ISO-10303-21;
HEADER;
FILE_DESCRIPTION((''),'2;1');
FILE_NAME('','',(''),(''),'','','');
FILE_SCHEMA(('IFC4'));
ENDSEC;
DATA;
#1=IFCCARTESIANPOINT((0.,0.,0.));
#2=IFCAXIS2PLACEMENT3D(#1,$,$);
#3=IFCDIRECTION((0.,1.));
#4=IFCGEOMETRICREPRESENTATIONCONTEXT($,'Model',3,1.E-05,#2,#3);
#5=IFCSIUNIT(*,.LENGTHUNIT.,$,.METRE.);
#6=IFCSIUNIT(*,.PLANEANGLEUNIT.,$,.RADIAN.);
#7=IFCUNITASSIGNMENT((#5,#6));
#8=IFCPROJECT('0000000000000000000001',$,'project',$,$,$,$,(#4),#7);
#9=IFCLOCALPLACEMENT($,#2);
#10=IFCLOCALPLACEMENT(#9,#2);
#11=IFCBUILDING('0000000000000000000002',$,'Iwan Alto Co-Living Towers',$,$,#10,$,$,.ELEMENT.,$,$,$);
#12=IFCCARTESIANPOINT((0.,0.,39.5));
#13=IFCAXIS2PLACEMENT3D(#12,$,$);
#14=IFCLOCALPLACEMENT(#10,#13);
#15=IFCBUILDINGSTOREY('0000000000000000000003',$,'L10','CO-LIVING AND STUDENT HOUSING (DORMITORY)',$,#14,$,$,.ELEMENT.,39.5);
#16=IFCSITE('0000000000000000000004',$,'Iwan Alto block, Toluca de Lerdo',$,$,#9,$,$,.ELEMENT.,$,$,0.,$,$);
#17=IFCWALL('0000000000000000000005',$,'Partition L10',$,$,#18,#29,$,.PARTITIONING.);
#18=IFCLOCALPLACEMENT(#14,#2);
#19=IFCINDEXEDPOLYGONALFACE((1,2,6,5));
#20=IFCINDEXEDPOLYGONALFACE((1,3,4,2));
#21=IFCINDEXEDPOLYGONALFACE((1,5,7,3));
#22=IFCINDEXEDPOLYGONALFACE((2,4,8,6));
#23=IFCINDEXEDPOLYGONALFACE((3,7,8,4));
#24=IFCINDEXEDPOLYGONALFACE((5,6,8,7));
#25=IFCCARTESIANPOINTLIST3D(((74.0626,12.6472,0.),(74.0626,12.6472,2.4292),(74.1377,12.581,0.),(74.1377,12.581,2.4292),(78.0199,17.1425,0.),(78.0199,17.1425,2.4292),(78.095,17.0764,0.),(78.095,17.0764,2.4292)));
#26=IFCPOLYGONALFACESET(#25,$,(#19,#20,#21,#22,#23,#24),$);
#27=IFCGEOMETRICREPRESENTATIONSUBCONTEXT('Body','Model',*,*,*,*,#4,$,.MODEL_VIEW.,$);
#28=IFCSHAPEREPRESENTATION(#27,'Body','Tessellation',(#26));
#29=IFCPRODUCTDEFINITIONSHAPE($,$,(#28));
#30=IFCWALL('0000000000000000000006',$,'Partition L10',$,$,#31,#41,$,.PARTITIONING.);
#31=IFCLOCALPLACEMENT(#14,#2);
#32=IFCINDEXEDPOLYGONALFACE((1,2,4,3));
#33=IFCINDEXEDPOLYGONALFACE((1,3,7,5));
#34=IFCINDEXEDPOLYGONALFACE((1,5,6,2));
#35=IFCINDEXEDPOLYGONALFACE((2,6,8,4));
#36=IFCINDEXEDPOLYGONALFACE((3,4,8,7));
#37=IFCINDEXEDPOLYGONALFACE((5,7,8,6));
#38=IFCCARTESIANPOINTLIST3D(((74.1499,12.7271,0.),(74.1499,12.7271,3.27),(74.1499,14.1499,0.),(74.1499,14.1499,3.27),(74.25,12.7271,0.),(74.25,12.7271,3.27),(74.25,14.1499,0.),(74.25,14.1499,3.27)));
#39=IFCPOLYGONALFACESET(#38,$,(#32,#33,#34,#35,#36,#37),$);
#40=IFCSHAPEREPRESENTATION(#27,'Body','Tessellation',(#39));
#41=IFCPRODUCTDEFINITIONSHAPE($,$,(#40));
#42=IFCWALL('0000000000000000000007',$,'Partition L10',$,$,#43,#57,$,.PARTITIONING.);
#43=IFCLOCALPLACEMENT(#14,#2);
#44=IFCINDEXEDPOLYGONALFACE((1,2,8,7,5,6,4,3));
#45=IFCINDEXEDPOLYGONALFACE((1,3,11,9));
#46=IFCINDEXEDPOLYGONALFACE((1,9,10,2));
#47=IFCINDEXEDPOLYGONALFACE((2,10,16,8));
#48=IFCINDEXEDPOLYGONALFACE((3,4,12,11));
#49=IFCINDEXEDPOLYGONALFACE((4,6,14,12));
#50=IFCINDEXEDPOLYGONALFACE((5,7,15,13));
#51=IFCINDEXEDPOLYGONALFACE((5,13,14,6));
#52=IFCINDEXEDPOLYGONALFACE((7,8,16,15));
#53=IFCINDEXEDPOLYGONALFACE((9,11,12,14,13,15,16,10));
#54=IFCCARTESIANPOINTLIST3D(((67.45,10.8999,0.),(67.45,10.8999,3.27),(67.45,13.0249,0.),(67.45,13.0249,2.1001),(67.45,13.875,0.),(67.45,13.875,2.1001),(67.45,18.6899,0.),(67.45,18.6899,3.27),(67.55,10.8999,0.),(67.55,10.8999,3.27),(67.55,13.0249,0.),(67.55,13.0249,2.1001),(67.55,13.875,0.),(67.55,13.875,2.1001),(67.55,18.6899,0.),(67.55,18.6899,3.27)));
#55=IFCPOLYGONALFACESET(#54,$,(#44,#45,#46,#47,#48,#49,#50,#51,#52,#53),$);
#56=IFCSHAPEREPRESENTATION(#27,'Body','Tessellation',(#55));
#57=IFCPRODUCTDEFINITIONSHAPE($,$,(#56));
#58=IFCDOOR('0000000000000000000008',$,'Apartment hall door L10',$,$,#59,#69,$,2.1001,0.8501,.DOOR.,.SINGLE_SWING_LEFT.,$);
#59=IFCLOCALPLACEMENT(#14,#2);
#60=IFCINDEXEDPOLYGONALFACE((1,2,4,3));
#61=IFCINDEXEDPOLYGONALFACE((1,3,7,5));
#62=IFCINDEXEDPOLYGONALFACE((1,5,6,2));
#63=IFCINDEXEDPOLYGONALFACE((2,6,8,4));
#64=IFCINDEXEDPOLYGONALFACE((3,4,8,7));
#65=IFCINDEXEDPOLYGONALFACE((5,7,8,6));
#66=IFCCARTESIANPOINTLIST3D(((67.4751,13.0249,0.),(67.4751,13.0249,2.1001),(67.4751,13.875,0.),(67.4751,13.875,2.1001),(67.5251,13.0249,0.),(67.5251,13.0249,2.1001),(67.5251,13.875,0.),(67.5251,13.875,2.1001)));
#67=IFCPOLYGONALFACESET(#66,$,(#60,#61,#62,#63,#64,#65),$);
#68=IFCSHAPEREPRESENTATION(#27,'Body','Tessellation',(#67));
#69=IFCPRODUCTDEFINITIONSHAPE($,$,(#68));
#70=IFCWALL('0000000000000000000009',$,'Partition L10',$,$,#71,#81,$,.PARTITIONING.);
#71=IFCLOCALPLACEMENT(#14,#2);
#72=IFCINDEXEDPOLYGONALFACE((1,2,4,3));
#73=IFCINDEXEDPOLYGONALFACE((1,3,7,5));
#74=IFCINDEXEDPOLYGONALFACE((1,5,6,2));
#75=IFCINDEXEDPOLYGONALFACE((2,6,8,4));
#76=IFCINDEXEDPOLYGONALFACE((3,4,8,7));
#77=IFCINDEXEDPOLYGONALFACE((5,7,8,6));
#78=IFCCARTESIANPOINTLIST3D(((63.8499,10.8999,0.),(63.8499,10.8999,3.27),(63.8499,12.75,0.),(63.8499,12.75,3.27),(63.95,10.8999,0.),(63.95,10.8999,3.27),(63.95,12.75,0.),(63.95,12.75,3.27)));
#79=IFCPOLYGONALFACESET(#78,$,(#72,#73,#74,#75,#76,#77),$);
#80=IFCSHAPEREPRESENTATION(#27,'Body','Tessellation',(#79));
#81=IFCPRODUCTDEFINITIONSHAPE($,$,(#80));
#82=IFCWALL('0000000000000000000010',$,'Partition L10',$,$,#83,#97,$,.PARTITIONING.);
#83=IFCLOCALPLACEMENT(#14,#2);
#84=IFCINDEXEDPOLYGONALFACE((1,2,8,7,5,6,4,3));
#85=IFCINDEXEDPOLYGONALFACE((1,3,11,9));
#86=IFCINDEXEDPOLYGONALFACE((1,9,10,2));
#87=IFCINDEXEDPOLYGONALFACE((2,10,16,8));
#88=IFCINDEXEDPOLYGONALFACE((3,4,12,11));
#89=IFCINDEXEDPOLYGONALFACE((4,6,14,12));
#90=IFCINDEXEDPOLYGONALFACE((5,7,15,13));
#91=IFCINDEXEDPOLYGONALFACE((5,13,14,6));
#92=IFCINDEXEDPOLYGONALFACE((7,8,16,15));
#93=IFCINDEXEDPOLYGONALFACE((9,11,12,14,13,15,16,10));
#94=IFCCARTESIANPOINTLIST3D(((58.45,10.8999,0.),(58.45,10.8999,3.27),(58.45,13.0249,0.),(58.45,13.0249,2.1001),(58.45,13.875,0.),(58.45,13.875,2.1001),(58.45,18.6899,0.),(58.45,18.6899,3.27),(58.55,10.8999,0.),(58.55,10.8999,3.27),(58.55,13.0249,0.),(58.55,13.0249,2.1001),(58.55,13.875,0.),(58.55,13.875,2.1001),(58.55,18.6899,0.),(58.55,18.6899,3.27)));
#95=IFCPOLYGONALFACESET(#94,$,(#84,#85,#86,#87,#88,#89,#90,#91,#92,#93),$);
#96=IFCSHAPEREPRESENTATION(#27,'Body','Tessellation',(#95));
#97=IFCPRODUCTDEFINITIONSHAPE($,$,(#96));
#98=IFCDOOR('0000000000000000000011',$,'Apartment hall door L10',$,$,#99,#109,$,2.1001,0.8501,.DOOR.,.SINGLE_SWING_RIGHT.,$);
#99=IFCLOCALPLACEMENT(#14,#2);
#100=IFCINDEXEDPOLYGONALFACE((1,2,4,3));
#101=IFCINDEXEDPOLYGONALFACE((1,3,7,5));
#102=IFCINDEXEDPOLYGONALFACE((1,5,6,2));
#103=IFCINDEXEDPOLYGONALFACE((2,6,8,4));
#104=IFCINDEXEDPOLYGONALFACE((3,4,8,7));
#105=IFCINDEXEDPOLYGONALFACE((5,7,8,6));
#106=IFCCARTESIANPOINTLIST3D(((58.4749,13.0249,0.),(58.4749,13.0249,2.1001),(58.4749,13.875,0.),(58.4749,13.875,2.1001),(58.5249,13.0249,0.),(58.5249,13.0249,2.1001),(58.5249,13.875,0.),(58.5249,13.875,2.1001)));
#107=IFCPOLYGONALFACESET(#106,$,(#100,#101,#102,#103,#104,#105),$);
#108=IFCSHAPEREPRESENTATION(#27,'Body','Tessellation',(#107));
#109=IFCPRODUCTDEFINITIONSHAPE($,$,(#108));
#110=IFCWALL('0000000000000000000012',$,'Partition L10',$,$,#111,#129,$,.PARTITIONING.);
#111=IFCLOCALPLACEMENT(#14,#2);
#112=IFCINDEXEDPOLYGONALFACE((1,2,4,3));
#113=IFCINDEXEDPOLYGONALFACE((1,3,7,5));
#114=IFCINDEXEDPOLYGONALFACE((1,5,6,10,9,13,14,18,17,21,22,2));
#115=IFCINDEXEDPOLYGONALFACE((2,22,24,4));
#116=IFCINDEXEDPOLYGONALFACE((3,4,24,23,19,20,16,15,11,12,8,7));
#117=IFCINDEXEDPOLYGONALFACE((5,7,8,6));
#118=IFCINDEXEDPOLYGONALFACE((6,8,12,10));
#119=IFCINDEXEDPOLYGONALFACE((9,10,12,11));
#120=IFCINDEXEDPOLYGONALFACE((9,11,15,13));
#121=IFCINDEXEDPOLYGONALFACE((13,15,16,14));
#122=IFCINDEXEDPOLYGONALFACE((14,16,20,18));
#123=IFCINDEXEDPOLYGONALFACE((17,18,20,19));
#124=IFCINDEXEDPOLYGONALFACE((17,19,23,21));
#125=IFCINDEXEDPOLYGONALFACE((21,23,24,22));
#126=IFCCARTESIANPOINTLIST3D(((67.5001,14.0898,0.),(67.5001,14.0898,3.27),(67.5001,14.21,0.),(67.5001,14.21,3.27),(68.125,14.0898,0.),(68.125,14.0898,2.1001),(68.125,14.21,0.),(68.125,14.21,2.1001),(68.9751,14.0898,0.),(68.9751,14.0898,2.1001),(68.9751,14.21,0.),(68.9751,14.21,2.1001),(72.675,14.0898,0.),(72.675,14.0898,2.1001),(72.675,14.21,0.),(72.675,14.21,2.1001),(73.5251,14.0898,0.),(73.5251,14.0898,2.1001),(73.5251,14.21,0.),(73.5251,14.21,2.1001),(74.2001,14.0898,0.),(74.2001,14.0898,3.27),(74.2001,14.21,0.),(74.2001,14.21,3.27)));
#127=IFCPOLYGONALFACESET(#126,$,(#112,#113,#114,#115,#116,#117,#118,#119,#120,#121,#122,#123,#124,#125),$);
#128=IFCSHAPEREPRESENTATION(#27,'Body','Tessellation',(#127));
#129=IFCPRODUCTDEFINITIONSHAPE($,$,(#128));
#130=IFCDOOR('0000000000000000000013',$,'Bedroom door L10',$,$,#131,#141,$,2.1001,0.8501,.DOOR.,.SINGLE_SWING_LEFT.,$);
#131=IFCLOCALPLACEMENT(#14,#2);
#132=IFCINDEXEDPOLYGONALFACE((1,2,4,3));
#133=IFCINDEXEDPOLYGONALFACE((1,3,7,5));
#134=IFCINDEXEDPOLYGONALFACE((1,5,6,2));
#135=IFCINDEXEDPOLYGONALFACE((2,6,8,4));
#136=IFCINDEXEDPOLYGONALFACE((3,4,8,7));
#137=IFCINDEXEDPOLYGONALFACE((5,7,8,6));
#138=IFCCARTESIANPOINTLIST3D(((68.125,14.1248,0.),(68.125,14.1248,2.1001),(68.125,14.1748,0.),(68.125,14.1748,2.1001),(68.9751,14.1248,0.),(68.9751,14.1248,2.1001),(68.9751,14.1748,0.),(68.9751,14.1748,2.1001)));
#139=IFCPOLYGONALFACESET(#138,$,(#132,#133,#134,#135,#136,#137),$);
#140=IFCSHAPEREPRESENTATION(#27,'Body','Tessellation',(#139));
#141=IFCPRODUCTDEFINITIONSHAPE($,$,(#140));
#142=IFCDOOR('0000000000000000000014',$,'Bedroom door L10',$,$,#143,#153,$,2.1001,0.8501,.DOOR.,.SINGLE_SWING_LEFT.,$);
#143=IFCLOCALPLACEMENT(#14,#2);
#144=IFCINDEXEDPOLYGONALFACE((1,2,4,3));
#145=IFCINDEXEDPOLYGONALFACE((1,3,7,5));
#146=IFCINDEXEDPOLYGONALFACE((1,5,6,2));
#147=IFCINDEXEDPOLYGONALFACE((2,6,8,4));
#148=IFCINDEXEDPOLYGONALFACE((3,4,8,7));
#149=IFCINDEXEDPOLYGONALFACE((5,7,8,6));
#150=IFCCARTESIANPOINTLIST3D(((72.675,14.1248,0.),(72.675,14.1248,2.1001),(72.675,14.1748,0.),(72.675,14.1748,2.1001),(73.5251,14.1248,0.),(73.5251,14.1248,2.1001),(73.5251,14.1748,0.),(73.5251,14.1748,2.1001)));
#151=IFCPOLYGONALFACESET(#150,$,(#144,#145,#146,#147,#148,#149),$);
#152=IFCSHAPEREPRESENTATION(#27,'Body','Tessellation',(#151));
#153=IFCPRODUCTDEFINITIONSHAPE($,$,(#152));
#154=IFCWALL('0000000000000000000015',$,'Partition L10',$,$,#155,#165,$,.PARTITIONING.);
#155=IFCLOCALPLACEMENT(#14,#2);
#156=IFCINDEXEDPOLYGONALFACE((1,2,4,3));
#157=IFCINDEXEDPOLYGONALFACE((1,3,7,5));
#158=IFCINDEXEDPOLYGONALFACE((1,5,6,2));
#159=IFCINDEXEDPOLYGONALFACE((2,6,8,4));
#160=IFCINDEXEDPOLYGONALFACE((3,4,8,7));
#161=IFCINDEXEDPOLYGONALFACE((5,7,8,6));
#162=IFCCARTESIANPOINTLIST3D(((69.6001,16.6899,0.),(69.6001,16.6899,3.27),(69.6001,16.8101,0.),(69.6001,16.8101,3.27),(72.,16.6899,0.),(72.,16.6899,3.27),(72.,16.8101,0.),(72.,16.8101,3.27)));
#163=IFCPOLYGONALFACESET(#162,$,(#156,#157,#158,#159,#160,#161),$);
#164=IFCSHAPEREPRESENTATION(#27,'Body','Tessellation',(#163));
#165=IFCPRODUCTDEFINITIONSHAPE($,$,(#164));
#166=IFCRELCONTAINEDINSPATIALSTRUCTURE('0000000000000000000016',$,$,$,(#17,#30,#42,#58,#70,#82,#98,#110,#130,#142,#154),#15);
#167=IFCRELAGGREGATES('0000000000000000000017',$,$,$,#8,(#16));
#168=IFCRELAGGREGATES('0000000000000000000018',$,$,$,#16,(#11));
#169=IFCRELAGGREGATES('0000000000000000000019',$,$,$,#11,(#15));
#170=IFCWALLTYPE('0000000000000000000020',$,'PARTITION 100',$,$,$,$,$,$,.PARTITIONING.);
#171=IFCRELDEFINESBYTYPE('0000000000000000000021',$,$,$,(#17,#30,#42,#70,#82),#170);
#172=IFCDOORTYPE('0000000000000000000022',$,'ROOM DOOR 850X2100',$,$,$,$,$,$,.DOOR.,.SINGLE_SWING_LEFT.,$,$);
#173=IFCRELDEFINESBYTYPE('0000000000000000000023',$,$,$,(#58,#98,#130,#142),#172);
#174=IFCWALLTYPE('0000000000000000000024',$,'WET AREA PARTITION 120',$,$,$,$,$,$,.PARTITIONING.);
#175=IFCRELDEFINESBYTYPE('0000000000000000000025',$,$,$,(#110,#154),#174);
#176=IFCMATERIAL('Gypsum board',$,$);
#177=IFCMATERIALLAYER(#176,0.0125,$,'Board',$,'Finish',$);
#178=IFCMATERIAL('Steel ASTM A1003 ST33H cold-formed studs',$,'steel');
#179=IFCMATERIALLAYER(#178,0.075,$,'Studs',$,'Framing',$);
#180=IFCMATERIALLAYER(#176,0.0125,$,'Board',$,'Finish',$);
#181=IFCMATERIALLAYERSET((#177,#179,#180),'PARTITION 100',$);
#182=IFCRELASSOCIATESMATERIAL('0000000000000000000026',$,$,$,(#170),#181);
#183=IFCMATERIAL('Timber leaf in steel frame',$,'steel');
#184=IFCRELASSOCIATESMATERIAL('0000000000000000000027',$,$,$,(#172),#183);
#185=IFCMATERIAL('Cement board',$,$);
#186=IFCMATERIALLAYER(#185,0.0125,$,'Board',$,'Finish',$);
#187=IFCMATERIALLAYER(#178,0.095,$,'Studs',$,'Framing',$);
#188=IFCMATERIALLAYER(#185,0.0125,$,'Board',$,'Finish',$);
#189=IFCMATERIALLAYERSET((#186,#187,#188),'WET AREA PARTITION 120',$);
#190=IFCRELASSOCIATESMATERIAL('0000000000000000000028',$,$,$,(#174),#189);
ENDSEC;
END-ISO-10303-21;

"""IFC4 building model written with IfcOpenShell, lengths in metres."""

from ifc_helpers import new_model, si_unit, direction, frame, frame_2d, origin, place, context, subcontext, project, spatial, rectangle, extrude, material, layer, layer_set, type_object, element, fill, save


model = new_model("IFC4")

# Units and contexts
model_context = context("Model", 3, precision=1e-05, world=origin(), true_north=direction((0.0, 1.0)))
body_context = subcontext(model_context, "Body", "Model", "MODEL_VIEW")
ifc_project = project(units=[si_unit("LENGTHUNIT", "METRE"), si_unit("PLANEANGLEUNIT", "RADIAN")], contexts=[model_context])

# Site, building, storey
site_placement = place(None, origin())
site = spatial("IfcSite", under=ifc_project, at=site_placement, Name="Iwan Alto block, Toluca de Lerdo", CompositionType="ELEMENT", RefElevation=0.0)
building_placement = place(site_placement, origin())
building = spatial("IfcBuilding", under=site, at=building_placement, Name="Iwan Alto Co-Living Towers", CompositionType="ELEMENT")
storey_placement = place(building_placement, frame((0.0, 0.0, 39.5)))
storey = spatial("IfcBuildingStorey", under=building, at=storey_placement, Name="L10", Description="CO-LIVING AND STUDENT HOUSING (DORMITORY)", CompositionType="ELEMENT", Elevation=39.5)

# Walls
ifc_material_1 = material(Name="Gypsum board")
ifc_layer_1 = layer(ifc_material_1, 0.0125, Name="Board", Category="Finish")
ifc_material_2 = material(Name="Steel ASTM A1003 ST33H cold-formed studs", Category="steel")
ifc_layer_2 = layer(ifc_material_2, 0.075, Name="Studs", Category="Framing")
ifc_layer_3 = layer(ifc_material_1, 0.0125, Name="Board", Category="Finish")
ifc_layer_set_1 = layer_set([ifc_layer_1, ifc_layer_2, ifc_layer_3], Name="PARTITION 100")
wall_type_1 = type_object("IfcWallType", Name="PARTITION 100", PredefinedType="PARTITIONING", material=ifc_layer_set_1)
wall_1_placement = place(storey_placement, frame((74.1001, 12.614, 0.0), z_axis=(0.0, 0.0, 1.0), x_axis=(0.660756, 0.750601, 0.0)))
element("IfcWall", 1, at=wall_1_placement, inside=storey, type_object=wall_type_1, Name="Partition L10", PredefinedType="PARTITIONING", context=body_context, shape_type="SweptSolid", body=[
    extrude(rectangle(XDim=5.989, YDim=0.1001, at=frame_2d((2.9946, 0.0))), origin(), (0.0, 0.0, 1.0), 2.4292),
])
wall_2_placement = place(storey_placement, frame((74.2, 12.7271, 0.0), z_axis=(0.0, 0.0, 1.0), x_axis=(0.0, 1.0, 0.0)))
element("IfcWall", 2, at=wall_2_placement, inside=storey, type_object=wall_type_1, Name="Partition L10", PredefinedType="PARTITIONING", context=body_context, shape_type="SweptSolid", body=[
    extrude(rectangle(XDim=1.4229, YDim=0.1001, at=frame_2d((0.7114, 0.0))), origin(), (0.0, 0.0, 1.0), 3.27),
])

# Wall, opening, door
wall_3_placement = place(storey_placement, frame((67.5, 10.8999, 0.0), z_axis=(0.0, 0.0, 1.0), x_axis=(0.0, 1.0, 0.0)))
wall_3 = element("IfcWall", 3, at=wall_3_placement, inside=storey, type_object=wall_type_1, Name="Partition L10", PredefinedType="PARTITIONING", context=body_context, shape_type="SweptSolid", body=[
    extrude(rectangle(XDim=7.79, YDim=0.1001, at=frame_2d((3.895, 0.0))), origin(), (0.0, 0.0, 1.0), 3.27),
])
opening_1_placement = place(wall_3_placement, frame((2.125, 0.0, 0.0)))
opening_1 = element("IfcOpeningElement", 4, at=opening_1_placement, cuts=wall_3, PredefinedType="OPENING", context=body_context, shape_type="SweptSolid", body=[
    extrude(rectangle(XDim=0.8501, YDim=2.1001, at=frame_2d((0.425, 1.05))), frame((0.0, 0.0601, 0.0), z_axis=(0.0, -1.0, 0.0), x_axis=(1.0, 0.0, 0.0)), (0.0, 0.0, 1.0), 0.1201),
])
ifc_material_3 = material(Name="Timber leaf in steel frame", Category="steel")
door_type = type_object("IfcDoorType", Name="ROOM DOOR 850X2100", OperationType="SINGLE_SWING_LEFT", PredefinedType="DOOR", material=ifc_material_3)
door_1_placement = place(opening_1_placement, origin())
door_1 = element("IfcDoor", 5, at=door_1_placement, inside=storey, type_object=door_type, Name="Apartment hall door L10", OperationType="SINGLE_SWING_LEFT", OverallHeight=2.1001, OverallWidth=0.8501, PredefinedType="DOOR", context=body_context, shape_type="SweptSolid", body=[
    extrude(rectangle(XDim=0.8501, YDim=2.1001, at=frame_2d((0.425, 1.05))), frame((0.0, 0.0249, 0.0), z_axis=(0.0, -1.0, 0.0), x_axis=(1.0, 0.0, 0.0)), (0.0, 0.0, 1.0), 0.05),
])
fill(opening_1, door_1)

# Wall
wall_4_placement = place(storey_placement, frame((63.8999, 10.8999, 0.0), z_axis=(0.0, 0.0, 1.0), x_axis=(0.0, 1.0, 0.0)))
element("IfcWall", 6, at=wall_4_placement, inside=storey, type_object=wall_type_1, Name="Partition L10", PredefinedType="PARTITIONING", context=body_context, shape_type="SweptSolid", body=[
    extrude(rectangle(XDim=1.8501, YDim=0.1001, at=frame_2d((0.925, 0.0))), origin(), (0.0, 0.0, 1.0), 3.27),
])

# Wall, opening, door
wall_5_placement = place(storey_placement, frame((58.5, 10.8999, 0.0), z_axis=(0.0, 0.0, 1.0), x_axis=(0.0, 1.0, 0.0)))
wall_5 = element("IfcWall", 7, at=wall_5_placement, inside=storey, type_object=wall_type_1, Name="Partition L10", PredefinedType="PARTITIONING", context=body_context, shape_type="SweptSolid", body=[
    extrude(rectangle(XDim=7.79, YDim=0.1001, at=frame_2d((3.895, 0.0))), origin(), (0.0, 0.0, 1.0), 3.27),
])
opening_2_placement = place(wall_5_placement, frame((2.125, 0.0, 0.0)))
opening_2 = element("IfcOpeningElement", 8, at=opening_2_placement, cuts=wall_5, PredefinedType="OPENING", context=body_context, shape_type="SweptSolid", body=[
    extrude(rectangle(XDim=0.8501, YDim=2.1001, at=frame_2d((0.425, 1.05))), frame((0.0, 0.0601, 0.0), z_axis=(0.0, -1.0, 0.0), x_axis=(1.0, 0.0, 0.0)), (0.0, 0.0, 1.0), 0.1201),
])
door_2_placement = place(opening_2_placement, frame((0.8501, 0.0, 0.0), z_axis=(0.0, 0.0, 1.0), x_axis=(-1.0, 0.0, 0.0)))
door_2 = element("IfcDoor", 9, at=door_2_placement, inside=storey, type_object=door_type, Name="Apartment hall door L10", OperationType="SINGLE_SWING_RIGHT", OverallHeight=2.1001, OverallWidth=0.8501, PredefinedType="DOOR", context=body_context, shape_type="SweptSolid", body=[
    extrude(rectangle(XDim=0.8501, YDim=2.1001, at=frame_2d((0.425, 1.05))), frame((0.0, 0.0249, 0.0), z_axis=(0.0, -1.0, 0.0), x_axis=(1.0, 0.0, 0.0)), (0.0, 0.0, 1.0), 0.05),
])
fill(opening_2, door_2)

# Wall, openings, doors
ifc_material_4 = material(Name="Cement board")
ifc_layer_4 = layer(ifc_material_4, 0.0125, Name="Board", Category="Finish")
ifc_layer_5 = layer(ifc_material_2, 0.095, Name="Studs", Category="Framing")
ifc_layer_6 = layer(ifc_material_4, 0.0125, Name="Board", Category="Finish")
ifc_layer_set_2 = layer_set([ifc_layer_4, ifc_layer_5, ifc_layer_6], Name="WET AREA PARTITION 120")
wall_type_2 = type_object("IfcWallType", Name="WET AREA PARTITION 120", PredefinedType="PARTITIONING", material=ifc_layer_set_2)
wall_6_placement = place(storey_placement, frame((67.5, 14.1499, 0.0), z_axis=(0.0, 0.0, 1.0), x_axis=(1.0, 0.0, 0.0)))
wall_6 = element("IfcWall", 10, at=wall_6_placement, inside=storey, type_object=wall_type_2, Name="Partition L10", PredefinedType="PARTITIONING", context=body_context, shape_type="SweptSolid", body=[
    extrude(rectangle(XDim=6.7, YDim=0.1201, at=frame_2d((3.3501, 0.0))), origin(), (0.0, 0.0, 1.0), 3.27),
])
opening_3_placement = place(wall_6_placement, frame((0.625, 0.0, 0.0)))
opening_3 = element("IfcOpeningElement", 11, at=opening_3_placement, cuts=wall_6, PredefinedType="OPENING", context=body_context, shape_type="SweptSolid", body=[
    extrude(rectangle(XDim=0.8501, YDim=2.1001, at=frame_2d((0.425, 1.05))), frame((0.0, 0.0701, 0.0), z_axis=(0.0, -1.0, 0.0), x_axis=(1.0, 0.0, 0.0)), (0.0, 0.0, 1.0), 0.1401),
])
opening_4_placement = place(wall_6_placement, frame((5.175, 0.0, 0.0)))
opening_4 = element("IfcOpeningElement", 12, at=opening_4_placement, cuts=wall_6, PredefinedType="OPENING", context=body_context, shape_type="SweptSolid", body=[
    extrude(rectangle(XDim=0.8501, YDim=2.1001, at=frame_2d((0.425, 1.05))), frame((0.0, 0.0701, 0.0), z_axis=(0.0, -1.0, 0.0), x_axis=(1.0, 0.0, 0.0)), (0.0, 0.0, 1.0), 0.1401),
])
door_3_placement = place(opening_3_placement, origin())
door_3 = element("IfcDoor", 13, at=door_3_placement, inside=storey, type_object=door_type, Name="Bedroom door L10", OperationType="SINGLE_SWING_LEFT", OverallHeight=2.1001, OverallWidth=0.8501, PredefinedType="DOOR", context=body_context, shape_type="SweptSolid", body=[
    extrude(rectangle(XDim=0.8501, YDim=2.1001, at=frame_2d((0.425, 1.05))), frame((0.0, 0.0249, 0.0), z_axis=(0.0, -1.0, 0.0), x_axis=(1.0, 0.0, 0.0)), (0.0, 0.0, 1.0), 0.05),
])
fill(opening_3, door_3)
door_4_placement = place(opening_4_placement, origin())
door_4 = element("IfcDoor", 14, at=door_4_placement, inside=storey, type_object=door_type, Name="Bedroom door L10", OperationType="SINGLE_SWING_LEFT", OverallHeight=2.1001, OverallWidth=0.8501, PredefinedType="DOOR", context=body_context, shape_type="SweptSolid", body=[
    extrude(rectangle(XDim=0.8501, YDim=2.1001, at=frame_2d((0.425, 1.05))), frame((0.0, 0.0249, 0.0), z_axis=(0.0, -1.0, 0.0), x_axis=(1.0, 0.0, 0.0)), (0.0, 0.0, 1.0), 0.05),
])
fill(opening_4, door_4)

# Wall
wall_7_placement = place(storey_placement, frame((69.6001, 16.75, 0.0), z_axis=(0.0, 0.0, 1.0), x_axis=(1.0, 0.0, 0.0)))
element("IfcWall", 15, at=wall_7_placement, inside=storey, type_object=wall_type_2, Name="Partition L10", PredefinedType="PARTITIONING", context=body_context, shape_type="SweptSolid", body=[
    extrude(rectangle(XDim=2.3999, YDim=0.1201, at=frame_2d((1.2, 0.0))), origin(), (0.0, 0.0, 1.0), 3.27),
])

save(model, "model.ifc")
